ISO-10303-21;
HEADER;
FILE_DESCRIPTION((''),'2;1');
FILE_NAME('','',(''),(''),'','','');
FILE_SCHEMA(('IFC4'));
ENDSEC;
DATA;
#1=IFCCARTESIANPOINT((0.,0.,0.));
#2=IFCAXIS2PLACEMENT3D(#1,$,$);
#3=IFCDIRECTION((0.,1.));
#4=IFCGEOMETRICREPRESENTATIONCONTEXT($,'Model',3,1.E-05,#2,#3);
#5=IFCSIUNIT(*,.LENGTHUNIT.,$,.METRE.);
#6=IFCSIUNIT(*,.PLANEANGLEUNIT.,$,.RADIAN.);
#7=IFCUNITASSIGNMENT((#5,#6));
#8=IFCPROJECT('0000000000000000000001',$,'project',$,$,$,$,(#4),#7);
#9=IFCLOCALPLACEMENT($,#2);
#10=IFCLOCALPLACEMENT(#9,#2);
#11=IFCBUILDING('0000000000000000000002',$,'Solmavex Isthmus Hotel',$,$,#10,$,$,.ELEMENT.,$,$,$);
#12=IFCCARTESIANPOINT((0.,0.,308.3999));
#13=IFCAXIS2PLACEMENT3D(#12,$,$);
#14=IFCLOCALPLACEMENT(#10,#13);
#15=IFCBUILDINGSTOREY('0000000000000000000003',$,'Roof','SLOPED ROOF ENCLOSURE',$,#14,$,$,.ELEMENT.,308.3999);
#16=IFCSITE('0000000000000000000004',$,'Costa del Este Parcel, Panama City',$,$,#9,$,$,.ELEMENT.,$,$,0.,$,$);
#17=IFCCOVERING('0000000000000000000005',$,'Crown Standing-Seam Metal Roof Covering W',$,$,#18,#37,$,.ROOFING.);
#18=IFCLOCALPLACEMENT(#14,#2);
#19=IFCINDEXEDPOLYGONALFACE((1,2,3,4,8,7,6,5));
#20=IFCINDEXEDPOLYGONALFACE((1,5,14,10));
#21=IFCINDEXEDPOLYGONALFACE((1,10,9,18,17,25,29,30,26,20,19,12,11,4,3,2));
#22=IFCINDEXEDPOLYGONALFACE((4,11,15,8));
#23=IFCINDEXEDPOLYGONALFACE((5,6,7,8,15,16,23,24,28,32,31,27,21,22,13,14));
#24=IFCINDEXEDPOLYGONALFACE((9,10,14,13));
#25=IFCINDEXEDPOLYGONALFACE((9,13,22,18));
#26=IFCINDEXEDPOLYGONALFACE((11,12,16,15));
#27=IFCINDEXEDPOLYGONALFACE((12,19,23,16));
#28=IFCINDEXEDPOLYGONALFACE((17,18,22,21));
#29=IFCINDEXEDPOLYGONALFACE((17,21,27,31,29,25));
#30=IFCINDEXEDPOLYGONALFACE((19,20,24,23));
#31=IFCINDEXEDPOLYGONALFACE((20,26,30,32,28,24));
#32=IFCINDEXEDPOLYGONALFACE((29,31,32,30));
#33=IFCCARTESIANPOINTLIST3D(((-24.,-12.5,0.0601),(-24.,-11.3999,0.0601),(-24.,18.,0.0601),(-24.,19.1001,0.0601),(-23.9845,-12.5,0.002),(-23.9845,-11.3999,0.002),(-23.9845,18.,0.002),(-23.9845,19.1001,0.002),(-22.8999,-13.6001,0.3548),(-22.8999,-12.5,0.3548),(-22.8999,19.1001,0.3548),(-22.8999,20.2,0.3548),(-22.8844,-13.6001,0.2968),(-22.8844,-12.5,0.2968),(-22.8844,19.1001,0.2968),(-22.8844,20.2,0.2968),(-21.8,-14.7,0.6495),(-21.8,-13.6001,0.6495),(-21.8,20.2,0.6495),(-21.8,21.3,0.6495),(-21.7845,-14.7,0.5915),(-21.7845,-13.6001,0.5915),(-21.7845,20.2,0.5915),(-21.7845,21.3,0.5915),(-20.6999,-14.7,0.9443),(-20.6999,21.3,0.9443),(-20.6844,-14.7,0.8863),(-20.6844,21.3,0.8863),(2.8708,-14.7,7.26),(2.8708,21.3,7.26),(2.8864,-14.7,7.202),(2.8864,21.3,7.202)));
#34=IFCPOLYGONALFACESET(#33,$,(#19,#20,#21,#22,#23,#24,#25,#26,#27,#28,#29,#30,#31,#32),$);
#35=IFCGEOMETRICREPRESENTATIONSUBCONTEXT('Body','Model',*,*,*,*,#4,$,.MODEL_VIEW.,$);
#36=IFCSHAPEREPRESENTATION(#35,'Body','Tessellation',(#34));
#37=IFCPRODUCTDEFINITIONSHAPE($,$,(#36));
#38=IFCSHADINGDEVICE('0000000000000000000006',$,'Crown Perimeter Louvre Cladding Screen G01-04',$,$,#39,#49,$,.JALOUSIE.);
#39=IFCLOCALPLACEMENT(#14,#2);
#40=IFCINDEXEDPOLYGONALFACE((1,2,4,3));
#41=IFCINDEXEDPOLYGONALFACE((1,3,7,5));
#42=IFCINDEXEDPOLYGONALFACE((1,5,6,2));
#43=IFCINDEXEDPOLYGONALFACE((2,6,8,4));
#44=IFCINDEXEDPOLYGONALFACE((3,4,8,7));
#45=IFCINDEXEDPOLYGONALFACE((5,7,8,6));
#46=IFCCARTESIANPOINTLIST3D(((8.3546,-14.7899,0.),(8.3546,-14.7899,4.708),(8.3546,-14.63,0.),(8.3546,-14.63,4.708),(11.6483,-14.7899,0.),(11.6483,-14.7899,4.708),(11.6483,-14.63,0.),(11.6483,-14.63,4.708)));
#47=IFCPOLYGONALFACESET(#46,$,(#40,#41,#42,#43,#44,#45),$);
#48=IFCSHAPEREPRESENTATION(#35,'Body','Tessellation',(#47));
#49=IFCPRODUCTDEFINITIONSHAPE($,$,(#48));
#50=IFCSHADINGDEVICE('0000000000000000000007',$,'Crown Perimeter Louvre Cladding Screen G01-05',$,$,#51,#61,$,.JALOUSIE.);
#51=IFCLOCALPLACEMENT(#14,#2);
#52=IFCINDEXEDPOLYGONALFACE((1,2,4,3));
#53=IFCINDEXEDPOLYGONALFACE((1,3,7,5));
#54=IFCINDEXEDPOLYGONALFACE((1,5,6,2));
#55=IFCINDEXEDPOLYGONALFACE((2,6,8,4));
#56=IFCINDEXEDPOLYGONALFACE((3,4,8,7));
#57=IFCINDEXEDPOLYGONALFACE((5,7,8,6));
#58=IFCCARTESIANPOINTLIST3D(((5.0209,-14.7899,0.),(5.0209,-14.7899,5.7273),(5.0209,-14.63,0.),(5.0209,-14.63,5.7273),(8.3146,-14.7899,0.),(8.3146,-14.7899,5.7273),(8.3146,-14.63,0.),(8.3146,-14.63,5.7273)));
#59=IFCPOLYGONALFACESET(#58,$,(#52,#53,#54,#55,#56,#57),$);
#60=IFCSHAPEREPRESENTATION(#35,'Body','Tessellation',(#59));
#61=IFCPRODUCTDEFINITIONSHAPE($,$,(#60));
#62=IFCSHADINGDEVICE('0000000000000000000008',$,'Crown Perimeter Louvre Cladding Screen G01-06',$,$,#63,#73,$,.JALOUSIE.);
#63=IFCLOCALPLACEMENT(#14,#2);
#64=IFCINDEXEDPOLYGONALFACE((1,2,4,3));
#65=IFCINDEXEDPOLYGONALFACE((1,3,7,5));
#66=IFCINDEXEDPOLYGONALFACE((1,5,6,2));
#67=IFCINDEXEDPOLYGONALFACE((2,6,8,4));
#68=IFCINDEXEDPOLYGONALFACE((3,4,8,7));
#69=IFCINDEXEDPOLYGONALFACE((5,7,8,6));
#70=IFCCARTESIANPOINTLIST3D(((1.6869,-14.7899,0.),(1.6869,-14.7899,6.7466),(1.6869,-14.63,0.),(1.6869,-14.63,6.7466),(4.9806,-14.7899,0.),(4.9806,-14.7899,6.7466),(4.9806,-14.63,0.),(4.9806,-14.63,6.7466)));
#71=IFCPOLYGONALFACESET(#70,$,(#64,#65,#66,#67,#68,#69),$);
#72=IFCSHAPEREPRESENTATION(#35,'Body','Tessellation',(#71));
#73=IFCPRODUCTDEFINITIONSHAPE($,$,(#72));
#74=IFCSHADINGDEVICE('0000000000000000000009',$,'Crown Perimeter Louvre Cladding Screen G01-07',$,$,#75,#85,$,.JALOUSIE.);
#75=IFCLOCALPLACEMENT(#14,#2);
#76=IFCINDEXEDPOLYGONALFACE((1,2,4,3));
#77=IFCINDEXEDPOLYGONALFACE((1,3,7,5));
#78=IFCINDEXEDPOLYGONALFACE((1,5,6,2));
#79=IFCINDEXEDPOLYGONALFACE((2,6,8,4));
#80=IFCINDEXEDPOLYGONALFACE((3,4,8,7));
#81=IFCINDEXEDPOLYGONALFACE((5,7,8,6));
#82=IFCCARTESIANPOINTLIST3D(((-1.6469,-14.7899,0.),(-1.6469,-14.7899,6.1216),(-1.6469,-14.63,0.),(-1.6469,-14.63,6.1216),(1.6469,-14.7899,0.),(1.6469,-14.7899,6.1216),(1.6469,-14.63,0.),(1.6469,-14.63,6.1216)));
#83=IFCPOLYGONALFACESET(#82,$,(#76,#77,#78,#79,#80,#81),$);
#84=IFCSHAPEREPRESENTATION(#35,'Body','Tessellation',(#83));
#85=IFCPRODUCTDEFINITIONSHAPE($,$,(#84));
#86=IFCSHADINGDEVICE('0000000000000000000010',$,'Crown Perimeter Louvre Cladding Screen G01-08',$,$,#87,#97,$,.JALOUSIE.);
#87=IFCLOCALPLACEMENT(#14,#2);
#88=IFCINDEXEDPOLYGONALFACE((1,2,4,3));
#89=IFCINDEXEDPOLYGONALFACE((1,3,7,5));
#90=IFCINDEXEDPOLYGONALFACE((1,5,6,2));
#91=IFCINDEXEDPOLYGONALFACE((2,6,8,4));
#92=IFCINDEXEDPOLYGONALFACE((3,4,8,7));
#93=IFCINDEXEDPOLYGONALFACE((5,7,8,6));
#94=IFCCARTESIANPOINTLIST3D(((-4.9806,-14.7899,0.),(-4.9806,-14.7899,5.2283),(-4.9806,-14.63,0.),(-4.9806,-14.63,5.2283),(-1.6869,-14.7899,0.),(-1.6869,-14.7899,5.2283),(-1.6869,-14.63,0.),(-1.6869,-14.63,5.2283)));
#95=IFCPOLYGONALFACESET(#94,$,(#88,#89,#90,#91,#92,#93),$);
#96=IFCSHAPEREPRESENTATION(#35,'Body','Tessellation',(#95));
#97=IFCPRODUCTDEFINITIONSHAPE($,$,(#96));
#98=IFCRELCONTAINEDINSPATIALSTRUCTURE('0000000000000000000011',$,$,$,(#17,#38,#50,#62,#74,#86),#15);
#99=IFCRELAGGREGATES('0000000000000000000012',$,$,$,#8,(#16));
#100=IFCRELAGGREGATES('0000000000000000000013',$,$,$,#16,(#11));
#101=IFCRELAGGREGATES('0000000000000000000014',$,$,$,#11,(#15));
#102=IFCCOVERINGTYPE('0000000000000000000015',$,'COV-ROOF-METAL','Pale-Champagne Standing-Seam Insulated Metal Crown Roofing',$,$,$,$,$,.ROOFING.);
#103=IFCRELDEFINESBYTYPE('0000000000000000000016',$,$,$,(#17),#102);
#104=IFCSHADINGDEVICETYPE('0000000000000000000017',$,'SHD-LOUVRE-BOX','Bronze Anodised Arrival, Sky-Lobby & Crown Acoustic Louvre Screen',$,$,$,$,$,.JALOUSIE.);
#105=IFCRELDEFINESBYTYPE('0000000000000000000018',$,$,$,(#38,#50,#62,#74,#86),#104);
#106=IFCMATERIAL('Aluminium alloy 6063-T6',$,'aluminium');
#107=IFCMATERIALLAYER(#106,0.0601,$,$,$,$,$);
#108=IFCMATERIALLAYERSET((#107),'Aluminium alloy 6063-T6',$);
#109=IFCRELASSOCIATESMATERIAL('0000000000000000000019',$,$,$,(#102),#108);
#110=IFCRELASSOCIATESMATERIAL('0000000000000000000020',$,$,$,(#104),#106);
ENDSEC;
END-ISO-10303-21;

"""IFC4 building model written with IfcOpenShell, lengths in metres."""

from ifc_helpers import new_model, si_unit, direction, frame, origin, origin_2d, place, context, subcontext, project, spatial, polyline, rectangle, outline, extrude, material, layer, layer_set, type_object, element, save


model = new_model("IFC4")

# Units and contexts
model_context = context("Model", 3, precision=1e-05, world=origin(), true_north=direction((0.0, 1.0)))
body_context = subcontext(model_context, "Body", "Model", "MODEL_VIEW")
ifc_project = project(units=[si_unit("LENGTHUNIT", "METRE"), si_unit("PLANEANGLEUNIT", "RADIAN")], contexts=[model_context])

# Site, building, storey
site_placement = place(None, origin())
site = spatial("IfcSite", under=ifc_project, at=site_placement, Name="Costa del Este Parcel, Panama City", CompositionType="ELEMENT", RefElevation=0.0)
building_placement = place(site_placement, origin())
building = spatial("IfcBuilding", under=site, at=building_placement, Name="Solmavex Isthmus Hotel", CompositionType="ELEMENT")
storey_placement = place(building_placement, frame((0.0, 0.0, 308.3999)))
storey = spatial("IfcBuildingStorey", under=building, at=storey_placement, Name="Roof", Description="SLOPED ROOF ENCLOSURE", CompositionType="ELEMENT", Elevation=308.3999)

# Covering
ifc_material_1 = material(Name="Aluminium alloy 6063-T6", Category="aluminium")
ifc_layer_1 = layer(ifc_material_1, 0.0601)
ifc_layer_set_1 = layer_set([ifc_layer_1], Name="Aluminium alloy 6063-T6")
covering_type = type_object("IfcCoveringType", Name="COV-ROOF-METAL", Description="Pale-Champagne Standing-Seam Insulated Metal Crown Roofing", PredefinedType="ROOFING", material=ifc_layer_set_1)
covering_placement = place(storey_placement, frame((2.8708, -14.7, 7.26), z_axis=(-0.258817, 0.0, 0.965926), x_axis=(0.0, 1.0, 0.0)))
element("IfcCovering", 1, at=covering_placement, inside=storey, type_object=covering_type, Name="Crown Standing-Seam Metal Roof Covering W", PredefinedType="ROOFING", context=body_context, shape_type="SweptSolid", body=[
    extrude(outline(polyline([(0.0, 0.0), (36.0, 0.0), (36.0, 24.4023), (36.0, 25.5411), (34.8999, 25.5411), (34.8999, 26.6799), (33.8, 26.6799), (33.8, 27.8187), (32.7, 27.8187), (3.3, 27.8187), (2.2, 27.8187), (2.2, 26.6799), (1.0999, 26.6799), (1.0999, 25.5411), (0.0, 25.5411), (0.0, 24.4023), (0.0, 0.0)])), origin(), (0.0, 0.0, -1.0), 0.0601),
])

# Shading devices
shading_device_type = type_object("IfcShadingDeviceType", Name="SHD-LOUVRE-BOX", Description="Bronze Anodised Arrival, Sky-Lobby & Crown Acoustic Louvre Screen", PredefinedType="JALOUSIE", material=ifc_material_1)
shading_device_1_placement = place(storey_placement, frame((10.0015, -14.71, 0.0), z_axis=(0.0, 0.0, 1.0), x_axis=(-1.0, 0.0, 0.0)))
element("IfcShadingDevice", 2, at=shading_device_1_placement, inside=storey, type_object=shading_device_type, Name="Crown Perimeter Louvre Cladding Screen G01-04", PredefinedType="JALOUSIE", context=body_context, shape_type="SweptSolid", body=[
    extrude(rectangle(XDim=3.2937, YDim=0.1599, at=origin_2d()), origin(), (0.0, 0.0, 1.0), 4.708),
])
shading_device_2_placement = place(storey_placement, frame((6.6677, -14.71, 0.0), z_axis=(0.0, 0.0, 1.0), x_axis=(-1.0, 0.0, 0.0)))
element("IfcShadingDevice", 3, at=shading_device_2_placement, inside=storey, type_object=shading_device_type, Name="Crown Perimeter Louvre Cladding Screen G01-05", PredefinedType="JALOUSIE", context=body_context, shape_type="SweptSolid", body=[
    extrude(rectangle(XDim=3.2937, YDim=0.1599, at=origin_2d()), origin(), (0.0, 0.0, 1.0), 5.7273),
])
shading_device_3_placement = place(storey_placement, frame((3.3337, -14.71, 0.0), z_axis=(0.0, 0.0, 1.0), x_axis=(-1.0, 0.0, 0.0)))
element("IfcShadingDevice", 4, at=shading_device_3_placement, inside=storey, type_object=shading_device_type, Name="Crown Perimeter Louvre Cladding Screen G01-06", PredefinedType="JALOUSIE", context=body_context, shape_type="SweptSolid", body=[
    extrude(rectangle(XDim=3.2937, YDim=0.1599, at=origin_2d()), origin(), (0.0, 0.0, 1.0), 6.7466),
])
shading_device_4_placement = place(storey_placement, frame((0.0, -14.71, 0.0), z_axis=(0.0, 0.0, 1.0), x_axis=(-1.0, 0.0, 0.0)))
element("IfcShadingDevice", 5, at=shading_device_4_placement, inside=storey, type_object=shading_device_type, Name="Crown Perimeter Louvre Cladding Screen G01-07", PredefinedType="JALOUSIE", context=body_context, shape_type="SweptSolid", body=[
    extrude(rectangle(XDim=3.2937, YDim=0.1599, at=origin_2d()), origin(), (0.0, 0.0, 1.0), 6.1216),
])
shading_device_5_placement = place(storey_placement, frame((-3.3337, -14.71, 0.0), z_axis=(0.0, 0.0, 1.0), x_axis=(-1.0, 0.0, 0.0)))
element("IfcShadingDevice", 6, at=shading_device_5_placement, inside=storey, type_object=shading_device_type, Name="Crown Perimeter Louvre Cladding Screen G01-08", PredefinedType="JALOUSIE", context=body_context, shape_type="SweptSolid", body=[
    extrude(rectangle(XDim=3.2937, YDim=0.1599, at=origin_2d()), origin(), (0.0, 0.0, 1.0), 5.2283),
])

save(model, "model.ifc")
